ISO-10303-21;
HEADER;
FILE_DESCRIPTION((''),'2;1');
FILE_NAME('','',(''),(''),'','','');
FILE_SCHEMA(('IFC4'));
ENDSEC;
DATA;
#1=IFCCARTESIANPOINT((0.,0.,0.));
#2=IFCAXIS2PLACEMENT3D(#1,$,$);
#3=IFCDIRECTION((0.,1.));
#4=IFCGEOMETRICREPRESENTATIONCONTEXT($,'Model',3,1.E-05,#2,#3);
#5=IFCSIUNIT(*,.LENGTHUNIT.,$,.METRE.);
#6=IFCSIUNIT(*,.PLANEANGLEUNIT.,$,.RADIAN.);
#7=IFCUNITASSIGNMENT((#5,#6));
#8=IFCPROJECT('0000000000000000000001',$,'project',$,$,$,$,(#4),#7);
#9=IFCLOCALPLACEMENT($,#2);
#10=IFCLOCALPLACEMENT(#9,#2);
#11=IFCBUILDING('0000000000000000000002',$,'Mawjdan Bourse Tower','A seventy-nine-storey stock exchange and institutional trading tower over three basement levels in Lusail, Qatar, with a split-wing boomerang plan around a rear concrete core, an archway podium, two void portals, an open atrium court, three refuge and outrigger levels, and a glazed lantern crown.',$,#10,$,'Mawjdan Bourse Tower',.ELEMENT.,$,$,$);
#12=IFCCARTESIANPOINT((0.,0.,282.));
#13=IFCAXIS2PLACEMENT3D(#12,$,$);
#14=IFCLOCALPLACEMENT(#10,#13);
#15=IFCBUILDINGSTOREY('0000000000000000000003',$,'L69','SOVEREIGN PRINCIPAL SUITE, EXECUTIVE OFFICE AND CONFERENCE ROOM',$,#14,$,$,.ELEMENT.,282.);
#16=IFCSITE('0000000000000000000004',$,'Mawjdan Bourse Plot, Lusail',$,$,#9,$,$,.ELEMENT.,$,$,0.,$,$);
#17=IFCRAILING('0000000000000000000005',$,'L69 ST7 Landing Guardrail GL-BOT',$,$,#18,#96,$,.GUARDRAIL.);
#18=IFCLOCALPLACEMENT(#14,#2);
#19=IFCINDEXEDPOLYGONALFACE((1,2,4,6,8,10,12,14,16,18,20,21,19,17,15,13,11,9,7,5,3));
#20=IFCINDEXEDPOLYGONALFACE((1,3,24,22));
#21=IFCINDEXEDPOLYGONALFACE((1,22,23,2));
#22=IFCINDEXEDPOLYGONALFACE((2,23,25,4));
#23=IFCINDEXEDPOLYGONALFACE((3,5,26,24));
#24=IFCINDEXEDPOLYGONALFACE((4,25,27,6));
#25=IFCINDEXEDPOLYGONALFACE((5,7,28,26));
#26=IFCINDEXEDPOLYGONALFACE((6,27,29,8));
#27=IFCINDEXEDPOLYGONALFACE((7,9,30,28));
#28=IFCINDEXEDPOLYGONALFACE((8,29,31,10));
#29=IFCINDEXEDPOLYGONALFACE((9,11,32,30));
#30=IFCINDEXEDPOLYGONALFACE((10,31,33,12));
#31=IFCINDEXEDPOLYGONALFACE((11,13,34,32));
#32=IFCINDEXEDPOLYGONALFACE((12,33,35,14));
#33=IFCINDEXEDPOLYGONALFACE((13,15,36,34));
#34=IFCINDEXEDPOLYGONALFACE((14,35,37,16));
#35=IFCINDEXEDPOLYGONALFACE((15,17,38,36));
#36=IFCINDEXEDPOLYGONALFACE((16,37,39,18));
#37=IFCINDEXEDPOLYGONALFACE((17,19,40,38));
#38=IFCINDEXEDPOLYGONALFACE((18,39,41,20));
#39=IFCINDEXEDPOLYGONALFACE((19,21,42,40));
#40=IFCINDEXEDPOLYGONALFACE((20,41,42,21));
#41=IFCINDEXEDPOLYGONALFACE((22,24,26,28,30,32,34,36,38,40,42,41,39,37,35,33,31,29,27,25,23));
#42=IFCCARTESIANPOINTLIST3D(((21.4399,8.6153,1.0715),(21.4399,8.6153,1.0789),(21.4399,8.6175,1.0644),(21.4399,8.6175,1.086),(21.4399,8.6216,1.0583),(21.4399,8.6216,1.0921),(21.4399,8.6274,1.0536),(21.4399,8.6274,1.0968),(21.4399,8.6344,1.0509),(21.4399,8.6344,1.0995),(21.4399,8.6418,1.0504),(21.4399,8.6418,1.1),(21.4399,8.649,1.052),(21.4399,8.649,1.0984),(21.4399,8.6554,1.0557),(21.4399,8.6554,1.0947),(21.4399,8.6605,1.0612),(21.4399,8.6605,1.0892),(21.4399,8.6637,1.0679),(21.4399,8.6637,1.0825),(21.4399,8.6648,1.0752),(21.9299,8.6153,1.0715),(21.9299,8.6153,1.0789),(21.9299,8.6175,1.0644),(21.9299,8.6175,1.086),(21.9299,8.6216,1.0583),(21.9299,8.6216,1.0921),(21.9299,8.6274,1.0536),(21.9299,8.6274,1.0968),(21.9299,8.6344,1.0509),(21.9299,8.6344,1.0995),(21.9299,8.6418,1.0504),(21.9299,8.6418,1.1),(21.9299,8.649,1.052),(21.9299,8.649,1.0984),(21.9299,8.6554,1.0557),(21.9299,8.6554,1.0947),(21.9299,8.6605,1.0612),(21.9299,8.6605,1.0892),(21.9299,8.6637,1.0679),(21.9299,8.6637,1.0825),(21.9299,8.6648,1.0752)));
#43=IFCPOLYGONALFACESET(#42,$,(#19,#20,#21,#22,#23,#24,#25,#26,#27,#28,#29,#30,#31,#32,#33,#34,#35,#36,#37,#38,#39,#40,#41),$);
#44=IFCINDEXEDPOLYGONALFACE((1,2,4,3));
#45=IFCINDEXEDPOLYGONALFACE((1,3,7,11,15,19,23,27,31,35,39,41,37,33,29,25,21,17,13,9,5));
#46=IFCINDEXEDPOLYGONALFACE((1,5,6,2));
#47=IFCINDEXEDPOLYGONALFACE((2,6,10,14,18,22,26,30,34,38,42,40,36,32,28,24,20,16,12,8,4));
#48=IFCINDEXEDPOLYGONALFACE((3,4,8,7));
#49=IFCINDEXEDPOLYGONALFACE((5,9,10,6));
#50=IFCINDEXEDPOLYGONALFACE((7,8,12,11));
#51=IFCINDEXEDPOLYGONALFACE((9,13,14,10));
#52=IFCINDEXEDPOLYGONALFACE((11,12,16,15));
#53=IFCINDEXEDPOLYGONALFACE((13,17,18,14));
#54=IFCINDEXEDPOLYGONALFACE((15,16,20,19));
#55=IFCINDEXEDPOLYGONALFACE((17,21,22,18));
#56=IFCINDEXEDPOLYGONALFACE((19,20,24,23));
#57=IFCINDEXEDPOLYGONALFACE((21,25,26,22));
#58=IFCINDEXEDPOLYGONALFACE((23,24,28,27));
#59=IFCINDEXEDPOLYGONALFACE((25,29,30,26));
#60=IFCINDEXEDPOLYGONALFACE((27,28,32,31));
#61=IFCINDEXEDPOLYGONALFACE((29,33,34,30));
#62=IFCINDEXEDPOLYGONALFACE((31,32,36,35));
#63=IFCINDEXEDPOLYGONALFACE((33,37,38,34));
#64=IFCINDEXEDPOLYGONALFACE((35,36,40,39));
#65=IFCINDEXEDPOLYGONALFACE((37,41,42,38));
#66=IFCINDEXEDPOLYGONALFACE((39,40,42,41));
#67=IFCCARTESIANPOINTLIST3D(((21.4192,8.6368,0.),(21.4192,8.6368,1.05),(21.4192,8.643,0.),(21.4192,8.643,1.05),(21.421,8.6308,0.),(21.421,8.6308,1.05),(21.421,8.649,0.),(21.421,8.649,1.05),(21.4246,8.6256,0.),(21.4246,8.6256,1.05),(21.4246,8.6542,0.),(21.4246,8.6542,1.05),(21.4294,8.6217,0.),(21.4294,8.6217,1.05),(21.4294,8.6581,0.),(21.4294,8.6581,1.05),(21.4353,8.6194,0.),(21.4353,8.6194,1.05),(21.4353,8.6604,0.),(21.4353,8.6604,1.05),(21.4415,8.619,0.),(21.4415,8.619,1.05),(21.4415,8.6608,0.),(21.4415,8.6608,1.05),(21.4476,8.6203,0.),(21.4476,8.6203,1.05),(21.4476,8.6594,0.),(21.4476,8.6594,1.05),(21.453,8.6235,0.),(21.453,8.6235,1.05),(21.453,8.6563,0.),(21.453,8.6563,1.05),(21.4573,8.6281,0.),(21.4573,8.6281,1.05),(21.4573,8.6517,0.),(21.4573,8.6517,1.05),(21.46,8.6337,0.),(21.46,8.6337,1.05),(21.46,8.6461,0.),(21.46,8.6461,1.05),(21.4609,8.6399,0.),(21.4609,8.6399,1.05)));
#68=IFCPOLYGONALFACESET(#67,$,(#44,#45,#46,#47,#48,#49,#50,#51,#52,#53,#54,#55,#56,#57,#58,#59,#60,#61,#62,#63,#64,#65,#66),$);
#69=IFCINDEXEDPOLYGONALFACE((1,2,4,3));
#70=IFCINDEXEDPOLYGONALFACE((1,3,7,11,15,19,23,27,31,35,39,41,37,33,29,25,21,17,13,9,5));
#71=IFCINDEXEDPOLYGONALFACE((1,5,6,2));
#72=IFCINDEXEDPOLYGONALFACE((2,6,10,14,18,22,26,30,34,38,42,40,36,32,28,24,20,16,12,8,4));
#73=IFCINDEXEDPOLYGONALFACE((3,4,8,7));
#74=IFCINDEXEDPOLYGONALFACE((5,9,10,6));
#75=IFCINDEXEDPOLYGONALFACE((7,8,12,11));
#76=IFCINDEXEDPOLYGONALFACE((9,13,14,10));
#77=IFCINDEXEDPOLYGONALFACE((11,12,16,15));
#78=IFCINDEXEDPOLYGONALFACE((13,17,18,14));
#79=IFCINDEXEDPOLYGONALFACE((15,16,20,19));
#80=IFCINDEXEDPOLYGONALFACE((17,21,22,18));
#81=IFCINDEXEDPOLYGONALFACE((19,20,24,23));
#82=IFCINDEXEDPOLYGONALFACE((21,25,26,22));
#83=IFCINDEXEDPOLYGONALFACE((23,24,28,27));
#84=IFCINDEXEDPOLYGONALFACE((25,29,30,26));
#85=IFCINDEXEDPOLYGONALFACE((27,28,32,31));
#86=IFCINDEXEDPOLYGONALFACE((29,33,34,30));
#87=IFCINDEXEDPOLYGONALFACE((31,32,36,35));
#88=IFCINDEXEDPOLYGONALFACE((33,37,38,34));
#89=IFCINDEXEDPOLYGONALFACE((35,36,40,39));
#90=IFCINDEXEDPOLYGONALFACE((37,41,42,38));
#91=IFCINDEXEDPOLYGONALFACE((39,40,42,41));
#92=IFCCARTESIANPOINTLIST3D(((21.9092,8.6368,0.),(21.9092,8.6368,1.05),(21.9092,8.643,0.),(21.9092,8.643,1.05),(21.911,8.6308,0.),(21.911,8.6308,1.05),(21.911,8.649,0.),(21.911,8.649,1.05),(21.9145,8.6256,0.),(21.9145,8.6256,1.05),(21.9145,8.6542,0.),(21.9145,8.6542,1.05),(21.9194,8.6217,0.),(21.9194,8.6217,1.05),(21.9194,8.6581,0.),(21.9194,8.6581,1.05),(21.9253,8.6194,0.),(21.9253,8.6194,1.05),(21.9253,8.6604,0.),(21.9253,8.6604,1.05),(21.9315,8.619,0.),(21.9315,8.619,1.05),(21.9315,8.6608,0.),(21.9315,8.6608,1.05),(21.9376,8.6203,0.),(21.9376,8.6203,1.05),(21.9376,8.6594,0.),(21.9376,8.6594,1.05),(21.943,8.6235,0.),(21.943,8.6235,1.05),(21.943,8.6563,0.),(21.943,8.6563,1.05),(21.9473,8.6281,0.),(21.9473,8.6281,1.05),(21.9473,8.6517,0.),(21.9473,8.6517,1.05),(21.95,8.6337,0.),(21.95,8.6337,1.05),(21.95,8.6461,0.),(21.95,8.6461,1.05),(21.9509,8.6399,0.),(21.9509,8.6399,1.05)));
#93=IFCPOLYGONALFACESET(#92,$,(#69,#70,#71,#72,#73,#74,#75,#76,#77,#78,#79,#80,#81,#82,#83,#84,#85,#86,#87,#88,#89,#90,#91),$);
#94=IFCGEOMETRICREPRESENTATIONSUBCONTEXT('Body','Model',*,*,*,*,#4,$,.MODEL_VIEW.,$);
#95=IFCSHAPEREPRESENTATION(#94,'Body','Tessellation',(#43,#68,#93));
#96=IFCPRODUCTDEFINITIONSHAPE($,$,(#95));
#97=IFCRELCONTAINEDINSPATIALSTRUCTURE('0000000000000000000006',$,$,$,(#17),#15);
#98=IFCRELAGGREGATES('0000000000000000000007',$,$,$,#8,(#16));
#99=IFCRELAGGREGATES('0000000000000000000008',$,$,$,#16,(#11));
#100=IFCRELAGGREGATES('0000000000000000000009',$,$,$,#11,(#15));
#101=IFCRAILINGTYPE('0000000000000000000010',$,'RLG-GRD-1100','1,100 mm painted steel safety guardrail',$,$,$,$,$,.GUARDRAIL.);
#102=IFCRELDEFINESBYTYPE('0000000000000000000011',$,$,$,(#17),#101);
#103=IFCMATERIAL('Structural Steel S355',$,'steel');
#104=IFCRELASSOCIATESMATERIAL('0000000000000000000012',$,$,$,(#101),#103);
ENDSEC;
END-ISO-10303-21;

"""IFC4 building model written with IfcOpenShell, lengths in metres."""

from ifc_helpers import new_model, si_unit, direction, frame, origin, origin_2d, place, context, subcontext, project, spatial, circle, extrude, material, type_object, element, save


model = new_model("IFC4")

# Units and contexts
model_context = context("Model", 3, precision=1e-05, world=origin(), true_north=direction((0.0, 1.0)))
body_context = subcontext(model_context, "Body", "Model", "MODEL_VIEW")
ifc_project = project(units=[si_unit("LENGTHUNIT", "METRE"), si_unit("PLANEANGLEUNIT", "RADIAN")], contexts=[model_context])

# Site, building, storey
site_placement = place(None, origin())
site = spatial("IfcSite", under=ifc_project, at=site_placement, Name="Mawjdan Bourse Plot, Lusail", CompositionType="ELEMENT", RefElevation=0.0)
building_placement = place(site_placement, origin())
building = spatial("IfcBuilding", under=site, at=building_placement, Name="Mawjdan Bourse Tower", Description="A seventy-nine-storey stock exchange and institutional trading tower over three basement levels in Lusail, Qatar, with a split-wing boomerang plan around a rear concrete core, an archway podium, two void portals, an open atrium court, three refuge and outrigger levels, and a glazed lantern crown.", LongName="Mawjdan Bourse Tower", CompositionType="ELEMENT")
storey_placement = place(building_placement, frame((0.0, 0.0, 282.0)))
storey = spatial("IfcBuildingStorey", under=building, at=storey_placement, Name="L69", Description="SOVEREIGN PRINCIPAL SUITE, EXECUTIVE OFFICE AND CONFERENCE ROOM", CompositionType="ELEMENT", Elevation=282.0)

# Shared definitions
ifc_material_1 = material(Name="Structural Steel S355", Category="steel")

# Railing
railing_type_1 = type_object("IfcRailingType", Name="RLG-GRD-1100", Description="1,100 mm painted steel safety guardrail", PredefinedType="GUARDRAIL", material=ifc_material_1)
railing_1_placement = place(storey_placement, frame((21.4399, 8.6399, 0.0)))
element("IfcRailing", 1, at=railing_1_placement, inside=storey, type_object=railing_type_1, Name="L69 ST7 Landing Guardrail GL-BOT", PredefinedType="GUARDRAIL", context=body_context, shape_type="SweptSolid", body=[
    extrude(circle(Radius=0.0249, at=origin_2d()), frame((0.0, 0.0, 1.0752), z_axis=(1.0, 0.0, 0.0), x_axis=(0.0, 1.0, 0.0)), (0.0, 0.0, 1.0), 0.49),
    extrude(circle(Radius=0.021, at=origin_2d()), origin(), (0.0, 0.0, 1.0), 1.05),
    extrude(circle(Radius=0.021, at=origin_2d()), frame((0.49, 0.0, 0.0)), (0.0, 0.0, 1.0), 1.05),
])

save(model, "model.ifc")
